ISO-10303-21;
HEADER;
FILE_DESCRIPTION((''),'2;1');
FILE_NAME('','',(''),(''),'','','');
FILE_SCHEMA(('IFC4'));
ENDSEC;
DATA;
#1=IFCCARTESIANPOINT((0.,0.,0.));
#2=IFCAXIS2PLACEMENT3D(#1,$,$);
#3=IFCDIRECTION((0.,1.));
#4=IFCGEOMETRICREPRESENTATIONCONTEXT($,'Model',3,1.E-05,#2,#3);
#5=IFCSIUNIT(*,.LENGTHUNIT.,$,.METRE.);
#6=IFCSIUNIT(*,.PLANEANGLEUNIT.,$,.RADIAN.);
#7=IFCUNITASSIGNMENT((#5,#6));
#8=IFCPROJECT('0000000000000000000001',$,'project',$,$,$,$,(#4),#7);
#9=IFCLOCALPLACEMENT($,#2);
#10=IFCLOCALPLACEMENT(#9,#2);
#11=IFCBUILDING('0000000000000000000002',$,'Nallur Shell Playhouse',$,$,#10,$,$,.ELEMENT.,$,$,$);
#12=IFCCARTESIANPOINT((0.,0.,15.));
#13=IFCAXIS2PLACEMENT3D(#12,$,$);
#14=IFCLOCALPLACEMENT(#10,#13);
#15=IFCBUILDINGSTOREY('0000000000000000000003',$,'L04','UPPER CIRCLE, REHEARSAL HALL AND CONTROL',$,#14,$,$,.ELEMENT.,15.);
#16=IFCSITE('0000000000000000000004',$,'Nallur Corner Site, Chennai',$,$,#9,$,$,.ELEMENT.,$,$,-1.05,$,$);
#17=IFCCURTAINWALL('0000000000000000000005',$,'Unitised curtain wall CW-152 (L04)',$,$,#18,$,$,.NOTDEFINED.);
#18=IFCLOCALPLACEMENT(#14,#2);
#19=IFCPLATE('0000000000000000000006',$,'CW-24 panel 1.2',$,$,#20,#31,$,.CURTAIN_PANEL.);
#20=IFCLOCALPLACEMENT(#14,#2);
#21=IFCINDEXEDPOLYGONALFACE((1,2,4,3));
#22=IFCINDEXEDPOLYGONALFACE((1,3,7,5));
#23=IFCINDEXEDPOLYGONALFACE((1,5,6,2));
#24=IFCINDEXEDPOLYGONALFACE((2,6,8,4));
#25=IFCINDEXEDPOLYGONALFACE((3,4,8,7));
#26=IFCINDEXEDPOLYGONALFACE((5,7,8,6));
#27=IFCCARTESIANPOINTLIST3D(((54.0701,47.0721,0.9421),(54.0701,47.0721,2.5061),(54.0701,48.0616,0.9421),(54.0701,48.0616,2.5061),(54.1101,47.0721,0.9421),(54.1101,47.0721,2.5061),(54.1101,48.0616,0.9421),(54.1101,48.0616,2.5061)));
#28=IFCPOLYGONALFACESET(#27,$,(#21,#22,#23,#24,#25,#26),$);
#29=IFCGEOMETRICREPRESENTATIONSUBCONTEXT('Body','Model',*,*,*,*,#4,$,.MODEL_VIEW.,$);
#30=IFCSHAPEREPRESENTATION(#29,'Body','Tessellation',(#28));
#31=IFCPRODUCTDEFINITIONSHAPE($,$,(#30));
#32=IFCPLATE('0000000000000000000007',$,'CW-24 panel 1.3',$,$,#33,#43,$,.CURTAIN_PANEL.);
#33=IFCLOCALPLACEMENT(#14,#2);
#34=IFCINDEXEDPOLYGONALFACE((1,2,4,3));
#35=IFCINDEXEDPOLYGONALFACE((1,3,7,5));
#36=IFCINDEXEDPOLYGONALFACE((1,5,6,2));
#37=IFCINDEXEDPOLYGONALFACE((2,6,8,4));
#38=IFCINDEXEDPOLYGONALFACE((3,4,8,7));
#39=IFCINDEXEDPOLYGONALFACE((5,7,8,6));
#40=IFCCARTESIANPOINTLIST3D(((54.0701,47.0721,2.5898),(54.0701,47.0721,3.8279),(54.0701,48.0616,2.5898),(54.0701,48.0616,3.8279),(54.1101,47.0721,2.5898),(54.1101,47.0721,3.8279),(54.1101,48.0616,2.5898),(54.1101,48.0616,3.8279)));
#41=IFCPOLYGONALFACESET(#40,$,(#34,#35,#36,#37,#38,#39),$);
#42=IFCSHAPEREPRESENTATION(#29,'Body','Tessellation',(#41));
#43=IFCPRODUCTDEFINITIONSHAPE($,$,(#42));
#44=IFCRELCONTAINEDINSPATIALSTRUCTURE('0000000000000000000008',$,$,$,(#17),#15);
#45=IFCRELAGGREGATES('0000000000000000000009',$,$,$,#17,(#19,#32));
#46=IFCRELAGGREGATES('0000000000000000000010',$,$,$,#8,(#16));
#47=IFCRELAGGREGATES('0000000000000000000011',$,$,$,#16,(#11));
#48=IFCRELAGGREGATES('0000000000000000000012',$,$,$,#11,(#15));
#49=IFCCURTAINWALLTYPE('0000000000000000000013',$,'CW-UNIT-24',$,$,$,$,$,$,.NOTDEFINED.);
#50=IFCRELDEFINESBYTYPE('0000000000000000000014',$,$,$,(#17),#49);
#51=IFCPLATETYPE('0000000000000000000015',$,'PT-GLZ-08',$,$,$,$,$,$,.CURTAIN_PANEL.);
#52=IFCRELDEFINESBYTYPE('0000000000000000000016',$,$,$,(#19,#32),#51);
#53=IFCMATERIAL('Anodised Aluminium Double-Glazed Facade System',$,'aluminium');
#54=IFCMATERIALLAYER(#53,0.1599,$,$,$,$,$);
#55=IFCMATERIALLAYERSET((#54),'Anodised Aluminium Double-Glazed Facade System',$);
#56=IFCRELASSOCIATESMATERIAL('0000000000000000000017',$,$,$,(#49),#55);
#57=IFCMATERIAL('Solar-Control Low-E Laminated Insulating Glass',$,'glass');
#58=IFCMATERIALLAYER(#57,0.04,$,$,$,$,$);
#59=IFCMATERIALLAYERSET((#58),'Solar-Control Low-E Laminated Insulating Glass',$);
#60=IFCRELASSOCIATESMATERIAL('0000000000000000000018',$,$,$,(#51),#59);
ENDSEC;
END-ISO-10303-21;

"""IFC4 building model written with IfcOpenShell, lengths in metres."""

from ifc_helpers import new_model, si_unit, direction, frame, origin, origin_2d, place, context, subcontext, project, spatial, rectangle, extrude, material, layer, layer_set, type_object, element, aggregate, save


model = new_model("IFC4")

# Units and contexts
model_context = context("Model", 3, precision=1e-05, world=origin(), true_north=direction((0.0, 1.0)))
body_context = subcontext(model_context, "Body", "Model", "MODEL_VIEW")
ifc_project = project(units=[si_unit("LENGTHUNIT", "METRE"), si_unit("PLANEANGLEUNIT", "RADIAN")], contexts=[model_context])

# Site, building, storey
site_placement = place(None, origin())
site = spatial("IfcSite", under=ifc_project, at=site_placement, Name="Nallur Corner Site, Chennai", CompositionType="ELEMENT", RefElevation=-1.05)
building_placement = place(site_placement, origin())
building = spatial("IfcBuilding", under=site, at=building_placement, Name="Nallur Shell Playhouse", CompositionType="ELEMENT")
storey_placement = place(building_placement, frame((0.0, 0.0, 15.0)))
storey = spatial("IfcBuildingStorey", under=building, at=storey_placement, Name="L04", Description="UPPER CIRCLE, REHEARSAL HALL AND CONTROL", CompositionType="ELEMENT", Elevation=15.0)

# Shared definitions
ifc_material_1 = material(Name="Anodised Aluminium Double-Glazed Facade System", Category="aluminium")

# Curtain wall
ifc_layer_1 = layer(ifc_material_1, 0.1599)
ifc_layer_set_1 = layer_set([ifc_layer_1], Name="Anodised Aluminium Double-Glazed Facade System")
curtain_wall_type_1 = type_object("IfcCurtainWallType", Name="CW-UNIT-24", PredefinedType="NOTDEFINED", material=ifc_layer_set_1)
curtain_wall_1_placement = place(storey_placement, origin())
curtain_wall_1 = element("IfcCurtainWall", 1, at=curtain_wall_1_placement, inside=storey, type_object=curtain_wall_type_1, Name="Unitised curtain wall CW-152 (L04)", PredefinedType="NOTDEFINED")

# Plates
ifc_material_2 = material(Name="Solar-Control Low-E Laminated Insulating Glass", Category="glass")
ifc_layer_2 = layer(ifc_material_2, 0.04)
ifc_layer_set_2 = layer_set([ifc_layer_2], Name="Solar-Control Low-E Laminated Insulating Glass")
plate_type_1 = type_object("IfcPlateType", Name="PT-GLZ-08", PredefinedType="CURTAIN_PANEL", material=ifc_layer_set_2)
plate_1_placement = place(storey_placement, frame((54.0901, 47.5669, 0.9421), z_axis=(0.0, 0.0, 1.0), x_axis=(0.0, 1.0, 0.0)))
plate_1 = element("IfcPlate", 2, at=plate_1_placement, type_object=plate_type_1, Name="CW-24 panel 1.2", PredefinedType="CURTAIN_PANEL", context=body_context, shape_type="SweptSolid", body=[
    extrude(rectangle(XDim=0.9895, YDim=0.04, at=origin_2d()), origin(), (0.0, 0.0, 1.0), 1.564),
])
plate_2_placement = place(storey_placement, frame((54.0901, 47.5669, 2.5898), z_axis=(0.0, 0.0, 1.0), x_axis=(0.0, 1.0, 0.0)))
plate_2 = element("IfcPlate", 3, at=plate_2_placement, type_object=plate_type_1, Name="CW-24 panel 1.3", PredefinedType="CURTAIN_PANEL", context=body_context, shape_type="SweptSolid", body=[
    extrude(rectangle(XDim=0.9895, YDim=0.04, at=origin_2d()), origin(), (0.0, 0.0, 1.0), 1.238),
])
aggregate(curtain_wall_1, [plate_1, plate_2])

save(model, "model.ifc")
